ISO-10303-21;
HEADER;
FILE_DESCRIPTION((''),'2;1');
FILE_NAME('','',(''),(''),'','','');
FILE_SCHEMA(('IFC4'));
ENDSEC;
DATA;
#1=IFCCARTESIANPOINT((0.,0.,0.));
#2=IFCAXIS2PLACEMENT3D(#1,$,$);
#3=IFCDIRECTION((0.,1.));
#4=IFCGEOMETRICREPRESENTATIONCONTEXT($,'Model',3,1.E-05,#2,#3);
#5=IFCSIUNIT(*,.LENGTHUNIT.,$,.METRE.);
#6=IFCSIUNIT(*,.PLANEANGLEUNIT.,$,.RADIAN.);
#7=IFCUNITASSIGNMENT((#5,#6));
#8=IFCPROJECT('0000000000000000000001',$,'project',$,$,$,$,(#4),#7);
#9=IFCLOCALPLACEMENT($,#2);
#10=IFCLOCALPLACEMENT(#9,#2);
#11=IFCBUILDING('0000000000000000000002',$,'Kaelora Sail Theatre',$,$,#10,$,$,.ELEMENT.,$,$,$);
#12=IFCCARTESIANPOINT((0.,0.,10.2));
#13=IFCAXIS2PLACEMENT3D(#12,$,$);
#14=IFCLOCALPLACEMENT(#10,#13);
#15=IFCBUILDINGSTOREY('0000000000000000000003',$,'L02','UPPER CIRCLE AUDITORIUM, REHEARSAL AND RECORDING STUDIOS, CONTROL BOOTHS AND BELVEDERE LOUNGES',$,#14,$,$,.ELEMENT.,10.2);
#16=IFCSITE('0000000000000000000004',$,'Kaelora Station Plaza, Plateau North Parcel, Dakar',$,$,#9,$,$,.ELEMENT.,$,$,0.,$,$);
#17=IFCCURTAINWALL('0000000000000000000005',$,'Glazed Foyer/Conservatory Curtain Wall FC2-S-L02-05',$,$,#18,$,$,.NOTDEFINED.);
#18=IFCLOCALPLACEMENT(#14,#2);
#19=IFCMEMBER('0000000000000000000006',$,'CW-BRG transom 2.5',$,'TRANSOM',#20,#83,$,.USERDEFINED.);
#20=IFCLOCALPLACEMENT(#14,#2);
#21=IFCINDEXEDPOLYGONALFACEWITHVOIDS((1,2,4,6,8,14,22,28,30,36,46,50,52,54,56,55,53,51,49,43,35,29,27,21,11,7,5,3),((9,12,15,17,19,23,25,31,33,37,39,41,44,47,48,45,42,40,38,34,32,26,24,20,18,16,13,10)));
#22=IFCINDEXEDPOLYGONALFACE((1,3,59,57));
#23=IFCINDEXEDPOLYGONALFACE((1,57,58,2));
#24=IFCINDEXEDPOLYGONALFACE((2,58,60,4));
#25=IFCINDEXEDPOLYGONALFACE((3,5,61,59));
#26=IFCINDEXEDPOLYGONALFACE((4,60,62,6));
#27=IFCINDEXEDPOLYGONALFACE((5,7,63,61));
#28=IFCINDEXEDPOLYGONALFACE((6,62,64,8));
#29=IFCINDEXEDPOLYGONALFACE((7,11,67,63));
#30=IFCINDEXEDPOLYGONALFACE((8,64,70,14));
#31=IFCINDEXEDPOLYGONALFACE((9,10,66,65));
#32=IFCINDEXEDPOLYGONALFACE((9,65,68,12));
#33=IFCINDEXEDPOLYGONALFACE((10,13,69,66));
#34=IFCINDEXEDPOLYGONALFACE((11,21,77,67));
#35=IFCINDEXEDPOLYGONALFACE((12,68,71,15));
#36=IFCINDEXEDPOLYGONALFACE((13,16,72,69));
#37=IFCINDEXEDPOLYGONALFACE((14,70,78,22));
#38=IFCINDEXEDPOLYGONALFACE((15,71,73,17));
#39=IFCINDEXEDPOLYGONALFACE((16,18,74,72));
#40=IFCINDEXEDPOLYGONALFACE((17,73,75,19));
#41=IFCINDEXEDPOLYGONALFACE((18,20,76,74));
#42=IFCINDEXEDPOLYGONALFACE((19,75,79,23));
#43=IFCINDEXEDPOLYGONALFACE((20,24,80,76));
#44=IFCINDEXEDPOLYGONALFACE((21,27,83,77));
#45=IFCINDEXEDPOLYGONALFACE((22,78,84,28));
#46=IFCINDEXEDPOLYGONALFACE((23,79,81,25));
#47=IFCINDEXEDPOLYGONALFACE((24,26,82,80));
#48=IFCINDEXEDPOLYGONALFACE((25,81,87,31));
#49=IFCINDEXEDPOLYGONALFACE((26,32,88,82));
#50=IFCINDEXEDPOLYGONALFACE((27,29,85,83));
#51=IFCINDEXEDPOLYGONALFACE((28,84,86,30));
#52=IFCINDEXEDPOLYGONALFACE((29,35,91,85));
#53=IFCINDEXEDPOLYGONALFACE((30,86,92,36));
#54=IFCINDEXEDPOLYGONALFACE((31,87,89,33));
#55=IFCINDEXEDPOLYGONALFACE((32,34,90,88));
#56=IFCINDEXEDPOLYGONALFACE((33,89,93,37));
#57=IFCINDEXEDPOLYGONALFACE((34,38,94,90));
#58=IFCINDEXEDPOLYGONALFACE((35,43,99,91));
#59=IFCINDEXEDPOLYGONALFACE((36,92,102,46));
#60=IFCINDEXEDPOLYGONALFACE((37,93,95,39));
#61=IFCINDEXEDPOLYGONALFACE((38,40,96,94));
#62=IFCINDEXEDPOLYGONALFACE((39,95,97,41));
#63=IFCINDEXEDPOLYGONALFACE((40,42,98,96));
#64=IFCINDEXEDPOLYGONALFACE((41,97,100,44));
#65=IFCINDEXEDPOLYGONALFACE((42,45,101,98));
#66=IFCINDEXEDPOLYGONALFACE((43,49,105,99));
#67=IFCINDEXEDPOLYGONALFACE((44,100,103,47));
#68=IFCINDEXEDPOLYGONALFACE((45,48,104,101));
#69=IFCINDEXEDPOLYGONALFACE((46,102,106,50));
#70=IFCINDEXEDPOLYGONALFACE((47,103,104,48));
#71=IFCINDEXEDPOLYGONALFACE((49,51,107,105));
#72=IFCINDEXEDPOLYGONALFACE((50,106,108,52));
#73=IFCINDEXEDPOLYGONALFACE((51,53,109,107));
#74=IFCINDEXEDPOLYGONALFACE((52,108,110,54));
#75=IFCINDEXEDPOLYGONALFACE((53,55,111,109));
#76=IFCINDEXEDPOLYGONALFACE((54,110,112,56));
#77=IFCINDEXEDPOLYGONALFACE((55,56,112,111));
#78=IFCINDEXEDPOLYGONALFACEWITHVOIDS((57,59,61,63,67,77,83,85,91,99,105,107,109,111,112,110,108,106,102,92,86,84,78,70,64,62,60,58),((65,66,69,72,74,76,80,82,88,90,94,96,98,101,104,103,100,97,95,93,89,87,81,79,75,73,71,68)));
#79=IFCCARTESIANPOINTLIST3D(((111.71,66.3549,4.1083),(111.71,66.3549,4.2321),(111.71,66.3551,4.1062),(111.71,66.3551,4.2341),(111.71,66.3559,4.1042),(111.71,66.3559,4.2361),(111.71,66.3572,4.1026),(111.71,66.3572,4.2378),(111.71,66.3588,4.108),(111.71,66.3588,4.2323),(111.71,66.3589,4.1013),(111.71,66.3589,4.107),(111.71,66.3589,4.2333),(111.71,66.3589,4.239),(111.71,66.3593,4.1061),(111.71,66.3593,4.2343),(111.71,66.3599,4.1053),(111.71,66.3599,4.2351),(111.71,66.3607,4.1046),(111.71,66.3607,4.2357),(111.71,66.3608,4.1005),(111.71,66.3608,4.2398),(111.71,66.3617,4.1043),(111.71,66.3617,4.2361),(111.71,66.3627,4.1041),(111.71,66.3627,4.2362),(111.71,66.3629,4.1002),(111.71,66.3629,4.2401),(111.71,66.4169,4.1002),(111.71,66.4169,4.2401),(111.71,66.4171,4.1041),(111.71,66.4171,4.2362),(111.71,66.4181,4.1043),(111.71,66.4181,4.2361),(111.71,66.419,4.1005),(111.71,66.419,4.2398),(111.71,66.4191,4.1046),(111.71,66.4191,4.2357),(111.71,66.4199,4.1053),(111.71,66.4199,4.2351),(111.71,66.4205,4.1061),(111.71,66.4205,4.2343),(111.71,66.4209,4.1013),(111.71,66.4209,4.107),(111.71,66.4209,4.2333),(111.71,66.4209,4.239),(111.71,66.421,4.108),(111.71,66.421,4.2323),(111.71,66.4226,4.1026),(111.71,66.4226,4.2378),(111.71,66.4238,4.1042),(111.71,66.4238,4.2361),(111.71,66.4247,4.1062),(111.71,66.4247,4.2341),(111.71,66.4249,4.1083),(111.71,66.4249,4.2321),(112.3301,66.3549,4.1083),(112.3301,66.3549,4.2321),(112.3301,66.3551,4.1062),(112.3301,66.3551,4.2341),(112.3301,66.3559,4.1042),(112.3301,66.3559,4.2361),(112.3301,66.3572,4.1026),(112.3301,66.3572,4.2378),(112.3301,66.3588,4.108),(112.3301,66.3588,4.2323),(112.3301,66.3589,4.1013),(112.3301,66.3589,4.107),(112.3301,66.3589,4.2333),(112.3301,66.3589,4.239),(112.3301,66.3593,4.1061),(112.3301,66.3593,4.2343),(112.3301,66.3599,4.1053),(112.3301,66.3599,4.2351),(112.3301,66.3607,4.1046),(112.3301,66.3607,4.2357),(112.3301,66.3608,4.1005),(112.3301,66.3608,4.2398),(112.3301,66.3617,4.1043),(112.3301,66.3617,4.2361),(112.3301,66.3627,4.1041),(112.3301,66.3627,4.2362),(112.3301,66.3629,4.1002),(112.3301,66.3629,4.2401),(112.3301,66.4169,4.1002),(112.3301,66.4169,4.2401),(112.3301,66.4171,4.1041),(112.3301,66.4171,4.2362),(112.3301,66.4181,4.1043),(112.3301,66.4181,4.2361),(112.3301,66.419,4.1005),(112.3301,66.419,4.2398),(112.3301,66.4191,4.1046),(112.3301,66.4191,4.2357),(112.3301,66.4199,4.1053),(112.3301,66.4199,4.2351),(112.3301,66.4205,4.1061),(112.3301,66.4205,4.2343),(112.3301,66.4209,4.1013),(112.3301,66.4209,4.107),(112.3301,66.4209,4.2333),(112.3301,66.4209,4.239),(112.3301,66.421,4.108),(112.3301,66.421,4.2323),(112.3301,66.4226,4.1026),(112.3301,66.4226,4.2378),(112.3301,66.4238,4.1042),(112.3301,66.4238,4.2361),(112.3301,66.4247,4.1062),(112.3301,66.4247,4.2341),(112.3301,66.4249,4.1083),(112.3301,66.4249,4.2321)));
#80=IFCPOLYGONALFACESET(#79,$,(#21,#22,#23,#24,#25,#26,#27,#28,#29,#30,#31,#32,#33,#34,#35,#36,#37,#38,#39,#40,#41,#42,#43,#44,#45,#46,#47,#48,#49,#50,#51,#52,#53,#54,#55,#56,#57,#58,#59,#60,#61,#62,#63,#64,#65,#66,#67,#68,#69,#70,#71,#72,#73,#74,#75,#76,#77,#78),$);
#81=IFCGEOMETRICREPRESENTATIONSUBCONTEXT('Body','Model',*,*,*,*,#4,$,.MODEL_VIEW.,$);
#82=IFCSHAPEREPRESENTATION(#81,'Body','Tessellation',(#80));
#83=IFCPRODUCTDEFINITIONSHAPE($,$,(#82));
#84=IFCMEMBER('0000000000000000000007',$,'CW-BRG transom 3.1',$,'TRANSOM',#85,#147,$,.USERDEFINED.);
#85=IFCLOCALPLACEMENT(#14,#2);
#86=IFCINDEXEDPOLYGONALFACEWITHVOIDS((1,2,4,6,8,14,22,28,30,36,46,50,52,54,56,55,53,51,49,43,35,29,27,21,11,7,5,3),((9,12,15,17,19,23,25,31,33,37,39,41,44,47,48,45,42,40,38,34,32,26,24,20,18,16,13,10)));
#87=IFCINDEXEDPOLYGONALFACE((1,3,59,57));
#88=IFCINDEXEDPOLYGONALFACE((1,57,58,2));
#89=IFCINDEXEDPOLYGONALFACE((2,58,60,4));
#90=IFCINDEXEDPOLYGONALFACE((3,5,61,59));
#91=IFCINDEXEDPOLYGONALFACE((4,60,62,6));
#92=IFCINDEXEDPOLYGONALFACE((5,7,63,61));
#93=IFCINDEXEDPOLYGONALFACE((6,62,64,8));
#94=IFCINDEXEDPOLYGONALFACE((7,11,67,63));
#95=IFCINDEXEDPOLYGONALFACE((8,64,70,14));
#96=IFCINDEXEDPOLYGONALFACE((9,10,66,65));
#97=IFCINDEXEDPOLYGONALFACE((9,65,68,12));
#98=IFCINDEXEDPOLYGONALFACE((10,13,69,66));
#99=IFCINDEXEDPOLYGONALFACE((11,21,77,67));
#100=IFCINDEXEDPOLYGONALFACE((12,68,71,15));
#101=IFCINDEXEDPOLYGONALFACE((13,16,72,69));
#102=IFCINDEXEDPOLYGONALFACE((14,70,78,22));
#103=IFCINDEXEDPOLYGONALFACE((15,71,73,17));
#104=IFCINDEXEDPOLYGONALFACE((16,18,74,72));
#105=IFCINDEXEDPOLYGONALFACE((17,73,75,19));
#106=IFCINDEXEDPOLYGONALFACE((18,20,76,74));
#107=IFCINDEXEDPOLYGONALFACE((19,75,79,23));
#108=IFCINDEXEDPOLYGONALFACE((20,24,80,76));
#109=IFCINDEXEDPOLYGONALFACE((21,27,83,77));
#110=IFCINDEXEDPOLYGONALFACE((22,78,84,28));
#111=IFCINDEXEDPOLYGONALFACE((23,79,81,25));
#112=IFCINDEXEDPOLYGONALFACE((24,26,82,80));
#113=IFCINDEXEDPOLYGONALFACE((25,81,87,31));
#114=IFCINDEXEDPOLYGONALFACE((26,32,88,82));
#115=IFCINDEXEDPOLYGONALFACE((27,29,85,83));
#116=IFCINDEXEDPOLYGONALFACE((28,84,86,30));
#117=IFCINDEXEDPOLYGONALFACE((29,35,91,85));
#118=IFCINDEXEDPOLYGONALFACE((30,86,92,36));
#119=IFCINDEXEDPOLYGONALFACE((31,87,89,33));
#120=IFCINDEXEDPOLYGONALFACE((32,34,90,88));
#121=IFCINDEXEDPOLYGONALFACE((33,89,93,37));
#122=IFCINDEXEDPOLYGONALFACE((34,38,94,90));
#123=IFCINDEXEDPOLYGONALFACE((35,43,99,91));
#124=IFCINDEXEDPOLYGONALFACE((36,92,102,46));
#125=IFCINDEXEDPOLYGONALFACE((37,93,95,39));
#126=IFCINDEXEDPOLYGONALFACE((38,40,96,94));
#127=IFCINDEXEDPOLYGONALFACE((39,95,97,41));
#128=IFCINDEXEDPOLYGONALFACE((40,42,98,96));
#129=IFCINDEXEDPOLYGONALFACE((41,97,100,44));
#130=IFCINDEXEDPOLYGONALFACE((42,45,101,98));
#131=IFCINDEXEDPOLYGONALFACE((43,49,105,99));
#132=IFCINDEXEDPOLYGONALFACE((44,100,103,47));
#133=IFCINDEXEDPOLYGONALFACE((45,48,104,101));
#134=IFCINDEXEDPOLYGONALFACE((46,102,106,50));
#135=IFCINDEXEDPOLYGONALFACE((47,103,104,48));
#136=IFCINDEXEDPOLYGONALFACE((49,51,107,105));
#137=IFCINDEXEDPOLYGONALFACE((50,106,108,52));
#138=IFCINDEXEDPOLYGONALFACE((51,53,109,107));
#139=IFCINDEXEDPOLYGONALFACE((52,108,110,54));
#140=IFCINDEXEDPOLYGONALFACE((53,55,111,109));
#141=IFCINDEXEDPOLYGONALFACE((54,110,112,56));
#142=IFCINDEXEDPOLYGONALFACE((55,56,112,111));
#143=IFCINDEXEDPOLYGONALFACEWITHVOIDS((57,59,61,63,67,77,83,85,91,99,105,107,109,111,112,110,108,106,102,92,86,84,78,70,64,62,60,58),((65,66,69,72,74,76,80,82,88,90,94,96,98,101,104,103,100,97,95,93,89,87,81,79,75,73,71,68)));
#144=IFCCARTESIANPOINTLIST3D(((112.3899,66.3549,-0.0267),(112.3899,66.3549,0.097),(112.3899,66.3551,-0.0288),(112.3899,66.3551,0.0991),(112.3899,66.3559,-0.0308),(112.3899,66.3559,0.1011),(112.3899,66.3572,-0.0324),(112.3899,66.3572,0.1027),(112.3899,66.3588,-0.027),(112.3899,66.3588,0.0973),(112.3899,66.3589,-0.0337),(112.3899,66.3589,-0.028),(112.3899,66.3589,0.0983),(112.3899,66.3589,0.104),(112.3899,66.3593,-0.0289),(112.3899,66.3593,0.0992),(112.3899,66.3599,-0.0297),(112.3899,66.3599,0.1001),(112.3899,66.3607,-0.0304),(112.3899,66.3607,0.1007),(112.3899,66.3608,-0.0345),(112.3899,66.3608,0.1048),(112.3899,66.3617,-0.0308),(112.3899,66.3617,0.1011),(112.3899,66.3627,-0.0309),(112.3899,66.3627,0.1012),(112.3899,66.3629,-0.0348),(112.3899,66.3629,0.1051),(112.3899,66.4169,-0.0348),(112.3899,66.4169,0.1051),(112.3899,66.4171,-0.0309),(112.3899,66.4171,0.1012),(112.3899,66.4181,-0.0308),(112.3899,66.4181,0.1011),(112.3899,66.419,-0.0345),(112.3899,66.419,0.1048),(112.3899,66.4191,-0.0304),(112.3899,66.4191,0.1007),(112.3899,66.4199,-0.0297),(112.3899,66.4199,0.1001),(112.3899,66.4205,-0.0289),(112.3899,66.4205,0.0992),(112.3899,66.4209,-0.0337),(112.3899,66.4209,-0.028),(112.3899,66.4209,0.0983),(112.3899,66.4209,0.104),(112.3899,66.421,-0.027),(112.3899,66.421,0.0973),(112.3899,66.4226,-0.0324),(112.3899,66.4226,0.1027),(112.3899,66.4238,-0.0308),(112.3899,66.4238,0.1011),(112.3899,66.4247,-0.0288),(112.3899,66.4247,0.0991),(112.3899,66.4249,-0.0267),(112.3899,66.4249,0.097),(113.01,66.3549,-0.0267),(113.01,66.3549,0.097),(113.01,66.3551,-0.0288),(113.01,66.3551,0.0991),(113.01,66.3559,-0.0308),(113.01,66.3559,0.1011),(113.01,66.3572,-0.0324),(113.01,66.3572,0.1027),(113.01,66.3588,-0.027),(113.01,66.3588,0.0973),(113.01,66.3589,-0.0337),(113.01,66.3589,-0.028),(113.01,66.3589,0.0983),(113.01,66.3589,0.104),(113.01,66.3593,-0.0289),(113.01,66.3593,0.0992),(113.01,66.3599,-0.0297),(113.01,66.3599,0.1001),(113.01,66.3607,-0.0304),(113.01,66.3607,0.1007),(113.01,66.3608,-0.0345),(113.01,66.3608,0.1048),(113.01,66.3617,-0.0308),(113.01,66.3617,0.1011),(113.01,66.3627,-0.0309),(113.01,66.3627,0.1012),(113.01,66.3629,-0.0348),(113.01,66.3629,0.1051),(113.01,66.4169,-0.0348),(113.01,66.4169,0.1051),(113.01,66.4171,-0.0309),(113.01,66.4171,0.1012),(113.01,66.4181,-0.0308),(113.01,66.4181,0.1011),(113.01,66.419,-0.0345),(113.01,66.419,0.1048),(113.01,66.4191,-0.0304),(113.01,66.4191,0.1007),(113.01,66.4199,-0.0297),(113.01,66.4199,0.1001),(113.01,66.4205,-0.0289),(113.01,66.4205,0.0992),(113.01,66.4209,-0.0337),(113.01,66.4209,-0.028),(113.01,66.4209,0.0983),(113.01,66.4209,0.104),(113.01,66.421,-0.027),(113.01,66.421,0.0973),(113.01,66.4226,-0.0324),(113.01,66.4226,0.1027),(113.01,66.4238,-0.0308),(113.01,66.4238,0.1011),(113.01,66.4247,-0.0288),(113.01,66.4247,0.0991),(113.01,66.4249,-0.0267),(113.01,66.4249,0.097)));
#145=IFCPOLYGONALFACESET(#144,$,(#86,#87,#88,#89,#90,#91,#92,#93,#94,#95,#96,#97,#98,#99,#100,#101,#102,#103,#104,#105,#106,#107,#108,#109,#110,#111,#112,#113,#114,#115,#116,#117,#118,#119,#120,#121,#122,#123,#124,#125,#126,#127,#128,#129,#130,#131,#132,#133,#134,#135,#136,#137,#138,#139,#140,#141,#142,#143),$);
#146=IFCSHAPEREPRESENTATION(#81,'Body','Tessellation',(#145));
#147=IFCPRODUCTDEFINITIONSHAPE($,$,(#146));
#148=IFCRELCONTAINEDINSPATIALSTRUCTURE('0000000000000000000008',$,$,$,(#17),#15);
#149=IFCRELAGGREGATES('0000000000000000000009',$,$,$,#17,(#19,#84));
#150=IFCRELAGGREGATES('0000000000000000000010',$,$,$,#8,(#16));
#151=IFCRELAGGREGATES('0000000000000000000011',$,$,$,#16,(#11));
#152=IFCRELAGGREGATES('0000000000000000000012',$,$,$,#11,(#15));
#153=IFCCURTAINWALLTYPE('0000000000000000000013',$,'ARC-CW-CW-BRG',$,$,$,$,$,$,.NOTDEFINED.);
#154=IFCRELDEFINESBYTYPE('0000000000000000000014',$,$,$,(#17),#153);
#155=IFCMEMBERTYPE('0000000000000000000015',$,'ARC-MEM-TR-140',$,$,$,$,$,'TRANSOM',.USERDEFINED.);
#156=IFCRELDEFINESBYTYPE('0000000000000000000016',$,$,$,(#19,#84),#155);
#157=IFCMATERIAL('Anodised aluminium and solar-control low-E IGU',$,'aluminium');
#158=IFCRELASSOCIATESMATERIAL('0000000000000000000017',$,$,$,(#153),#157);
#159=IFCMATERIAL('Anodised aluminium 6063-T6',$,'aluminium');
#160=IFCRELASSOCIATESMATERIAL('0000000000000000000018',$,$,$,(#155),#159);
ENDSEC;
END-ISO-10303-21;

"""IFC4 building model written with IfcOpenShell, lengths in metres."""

from ifc_helpers import new_model, si_unit, direction, frame, origin, origin_2d, place, context, subcontext, project, spatial, hollow_rectangle, extrude, material, material_profile, profile_set, type_object, element, aggregate, save


model = new_model("IFC4")

# Units and contexts
model_context = context("Model", 3, precision=1e-05, world=origin(), true_north=direction((0.0, 1.0)))
body_context = subcontext(model_context, "Body", "Model", "MODEL_VIEW")
ifc_project = project(units=[si_unit("LENGTHUNIT", "METRE"), si_unit("PLANEANGLEUNIT", "RADIAN")], contexts=[model_context])

# Site, building, storey
site_placement = place(None, origin())
site = spatial("IfcSite", under=ifc_project, at=site_placement, Name="Kaelora Station Plaza, Plateau North Parcel, Dakar", CompositionType="ELEMENT", RefElevation=0.0)
building_placement = place(site_placement, origin())
building = spatial("IfcBuilding", under=site, at=building_placement, Name="Kaelora Sail Theatre", CompositionType="ELEMENT")
storey_placement = place(building_placement, frame((0.0, 0.0, 10.2)))
storey = spatial("IfcBuildingStorey", under=building, at=storey_placement, Name="L02", Description="UPPER CIRCLE AUDITORIUM, REHEARSAL AND RECORDING STUDIOS, CONTROL BOOTHS AND BELVEDERE LOUNGES", CompositionType="ELEMENT", Elevation=10.2)

# Curtain wall, members
ifc_material_1 = material(Name="Anodised aluminium and solar-control low-E IGU", Category="aluminium")
curtain_wall_type = type_object("IfcCurtainWallType", Name="ARC-CW-CW-BRG", PredefinedType="NOTDEFINED", material=ifc_material_1)
curtain_wall_placement = place(storey_placement, origin())
curtain_wall = element("IfcCurtainWall", 1, at=curtain_wall_placement, inside=storey, type_object=curtain_wall_type, Name="Glazed Foyer/Conservatory Curtain Wall FC2-S-L02-05", PredefinedType="NOTDEFINED")
ifc_material_2 = material(Name="Anodised aluminium 6063-T6", Category="aluminium")
ifc_material_profile_1 = material_profile(ifc_material_2, hollow_rectangle(XDim=0.0701, YDim=0.1399, WallThickness=0.0039, InnerFilletRadius=0.0039, OuterFilletRadius=0.0081, at=origin_2d()), Name="ALU-TRAN 70x140x4")
ifc_profile_set_1 = profile_set([ifc_material_profile_1], Name="Anodised aluminium 6063-T6")
member_type_1 = type_object("IfcMemberType", Name="ARC-MEM-TR-140", ElementType="TRANSOM", PredefinedType="USERDEFINED", material=ifc_profile_set_1)
member_1_placement = place(storey_placement, frame((111.71, 66.3899, 4.1702), z_axis=(1.0, 0.0, 0.0), x_axis=(0.0, 1.0, 0.0)))
member_1 = element("IfcMember", 2, at=member_1_placement, type_object=member_type_1, Name="CW-BRG transom 2.5", ObjectType="TRANSOM", PredefinedType="USERDEFINED", context=body_context, shape_type="SweptSolid", body=[
    extrude(hollow_rectangle(XDim=0.0701, YDim=0.1399, WallThickness=0.0039, InnerFilletRadius=0.0039, OuterFilletRadius=0.0081, at=origin_2d()), origin(), (0.0, 0.0, 1.0), 0.6201),
])
member_2_placement = place(storey_placement, frame((112.3899, 66.3899, 0.0352), z_axis=(1.0, 0.0, 0.0), x_axis=(0.0, 1.0, 0.0)))
member_2 = element("IfcMember", 3, at=member_2_placement, type_object=member_type_1, Name="CW-BRG transom 3.1", ObjectType="TRANSOM", PredefinedType="USERDEFINED", context=body_context, shape_type="SweptSolid", body=[
    extrude(hollow_rectangle(XDim=0.0701, YDim=0.1399, WallThickness=0.0039, InnerFilletRadius=0.0039, OuterFilletRadius=0.0081, at=origin_2d()), origin(), (0.0, 0.0, 1.0), 0.6201),
])
aggregate(curtain_wall, [member_1, member_2])

save(model, "model.ifc")
